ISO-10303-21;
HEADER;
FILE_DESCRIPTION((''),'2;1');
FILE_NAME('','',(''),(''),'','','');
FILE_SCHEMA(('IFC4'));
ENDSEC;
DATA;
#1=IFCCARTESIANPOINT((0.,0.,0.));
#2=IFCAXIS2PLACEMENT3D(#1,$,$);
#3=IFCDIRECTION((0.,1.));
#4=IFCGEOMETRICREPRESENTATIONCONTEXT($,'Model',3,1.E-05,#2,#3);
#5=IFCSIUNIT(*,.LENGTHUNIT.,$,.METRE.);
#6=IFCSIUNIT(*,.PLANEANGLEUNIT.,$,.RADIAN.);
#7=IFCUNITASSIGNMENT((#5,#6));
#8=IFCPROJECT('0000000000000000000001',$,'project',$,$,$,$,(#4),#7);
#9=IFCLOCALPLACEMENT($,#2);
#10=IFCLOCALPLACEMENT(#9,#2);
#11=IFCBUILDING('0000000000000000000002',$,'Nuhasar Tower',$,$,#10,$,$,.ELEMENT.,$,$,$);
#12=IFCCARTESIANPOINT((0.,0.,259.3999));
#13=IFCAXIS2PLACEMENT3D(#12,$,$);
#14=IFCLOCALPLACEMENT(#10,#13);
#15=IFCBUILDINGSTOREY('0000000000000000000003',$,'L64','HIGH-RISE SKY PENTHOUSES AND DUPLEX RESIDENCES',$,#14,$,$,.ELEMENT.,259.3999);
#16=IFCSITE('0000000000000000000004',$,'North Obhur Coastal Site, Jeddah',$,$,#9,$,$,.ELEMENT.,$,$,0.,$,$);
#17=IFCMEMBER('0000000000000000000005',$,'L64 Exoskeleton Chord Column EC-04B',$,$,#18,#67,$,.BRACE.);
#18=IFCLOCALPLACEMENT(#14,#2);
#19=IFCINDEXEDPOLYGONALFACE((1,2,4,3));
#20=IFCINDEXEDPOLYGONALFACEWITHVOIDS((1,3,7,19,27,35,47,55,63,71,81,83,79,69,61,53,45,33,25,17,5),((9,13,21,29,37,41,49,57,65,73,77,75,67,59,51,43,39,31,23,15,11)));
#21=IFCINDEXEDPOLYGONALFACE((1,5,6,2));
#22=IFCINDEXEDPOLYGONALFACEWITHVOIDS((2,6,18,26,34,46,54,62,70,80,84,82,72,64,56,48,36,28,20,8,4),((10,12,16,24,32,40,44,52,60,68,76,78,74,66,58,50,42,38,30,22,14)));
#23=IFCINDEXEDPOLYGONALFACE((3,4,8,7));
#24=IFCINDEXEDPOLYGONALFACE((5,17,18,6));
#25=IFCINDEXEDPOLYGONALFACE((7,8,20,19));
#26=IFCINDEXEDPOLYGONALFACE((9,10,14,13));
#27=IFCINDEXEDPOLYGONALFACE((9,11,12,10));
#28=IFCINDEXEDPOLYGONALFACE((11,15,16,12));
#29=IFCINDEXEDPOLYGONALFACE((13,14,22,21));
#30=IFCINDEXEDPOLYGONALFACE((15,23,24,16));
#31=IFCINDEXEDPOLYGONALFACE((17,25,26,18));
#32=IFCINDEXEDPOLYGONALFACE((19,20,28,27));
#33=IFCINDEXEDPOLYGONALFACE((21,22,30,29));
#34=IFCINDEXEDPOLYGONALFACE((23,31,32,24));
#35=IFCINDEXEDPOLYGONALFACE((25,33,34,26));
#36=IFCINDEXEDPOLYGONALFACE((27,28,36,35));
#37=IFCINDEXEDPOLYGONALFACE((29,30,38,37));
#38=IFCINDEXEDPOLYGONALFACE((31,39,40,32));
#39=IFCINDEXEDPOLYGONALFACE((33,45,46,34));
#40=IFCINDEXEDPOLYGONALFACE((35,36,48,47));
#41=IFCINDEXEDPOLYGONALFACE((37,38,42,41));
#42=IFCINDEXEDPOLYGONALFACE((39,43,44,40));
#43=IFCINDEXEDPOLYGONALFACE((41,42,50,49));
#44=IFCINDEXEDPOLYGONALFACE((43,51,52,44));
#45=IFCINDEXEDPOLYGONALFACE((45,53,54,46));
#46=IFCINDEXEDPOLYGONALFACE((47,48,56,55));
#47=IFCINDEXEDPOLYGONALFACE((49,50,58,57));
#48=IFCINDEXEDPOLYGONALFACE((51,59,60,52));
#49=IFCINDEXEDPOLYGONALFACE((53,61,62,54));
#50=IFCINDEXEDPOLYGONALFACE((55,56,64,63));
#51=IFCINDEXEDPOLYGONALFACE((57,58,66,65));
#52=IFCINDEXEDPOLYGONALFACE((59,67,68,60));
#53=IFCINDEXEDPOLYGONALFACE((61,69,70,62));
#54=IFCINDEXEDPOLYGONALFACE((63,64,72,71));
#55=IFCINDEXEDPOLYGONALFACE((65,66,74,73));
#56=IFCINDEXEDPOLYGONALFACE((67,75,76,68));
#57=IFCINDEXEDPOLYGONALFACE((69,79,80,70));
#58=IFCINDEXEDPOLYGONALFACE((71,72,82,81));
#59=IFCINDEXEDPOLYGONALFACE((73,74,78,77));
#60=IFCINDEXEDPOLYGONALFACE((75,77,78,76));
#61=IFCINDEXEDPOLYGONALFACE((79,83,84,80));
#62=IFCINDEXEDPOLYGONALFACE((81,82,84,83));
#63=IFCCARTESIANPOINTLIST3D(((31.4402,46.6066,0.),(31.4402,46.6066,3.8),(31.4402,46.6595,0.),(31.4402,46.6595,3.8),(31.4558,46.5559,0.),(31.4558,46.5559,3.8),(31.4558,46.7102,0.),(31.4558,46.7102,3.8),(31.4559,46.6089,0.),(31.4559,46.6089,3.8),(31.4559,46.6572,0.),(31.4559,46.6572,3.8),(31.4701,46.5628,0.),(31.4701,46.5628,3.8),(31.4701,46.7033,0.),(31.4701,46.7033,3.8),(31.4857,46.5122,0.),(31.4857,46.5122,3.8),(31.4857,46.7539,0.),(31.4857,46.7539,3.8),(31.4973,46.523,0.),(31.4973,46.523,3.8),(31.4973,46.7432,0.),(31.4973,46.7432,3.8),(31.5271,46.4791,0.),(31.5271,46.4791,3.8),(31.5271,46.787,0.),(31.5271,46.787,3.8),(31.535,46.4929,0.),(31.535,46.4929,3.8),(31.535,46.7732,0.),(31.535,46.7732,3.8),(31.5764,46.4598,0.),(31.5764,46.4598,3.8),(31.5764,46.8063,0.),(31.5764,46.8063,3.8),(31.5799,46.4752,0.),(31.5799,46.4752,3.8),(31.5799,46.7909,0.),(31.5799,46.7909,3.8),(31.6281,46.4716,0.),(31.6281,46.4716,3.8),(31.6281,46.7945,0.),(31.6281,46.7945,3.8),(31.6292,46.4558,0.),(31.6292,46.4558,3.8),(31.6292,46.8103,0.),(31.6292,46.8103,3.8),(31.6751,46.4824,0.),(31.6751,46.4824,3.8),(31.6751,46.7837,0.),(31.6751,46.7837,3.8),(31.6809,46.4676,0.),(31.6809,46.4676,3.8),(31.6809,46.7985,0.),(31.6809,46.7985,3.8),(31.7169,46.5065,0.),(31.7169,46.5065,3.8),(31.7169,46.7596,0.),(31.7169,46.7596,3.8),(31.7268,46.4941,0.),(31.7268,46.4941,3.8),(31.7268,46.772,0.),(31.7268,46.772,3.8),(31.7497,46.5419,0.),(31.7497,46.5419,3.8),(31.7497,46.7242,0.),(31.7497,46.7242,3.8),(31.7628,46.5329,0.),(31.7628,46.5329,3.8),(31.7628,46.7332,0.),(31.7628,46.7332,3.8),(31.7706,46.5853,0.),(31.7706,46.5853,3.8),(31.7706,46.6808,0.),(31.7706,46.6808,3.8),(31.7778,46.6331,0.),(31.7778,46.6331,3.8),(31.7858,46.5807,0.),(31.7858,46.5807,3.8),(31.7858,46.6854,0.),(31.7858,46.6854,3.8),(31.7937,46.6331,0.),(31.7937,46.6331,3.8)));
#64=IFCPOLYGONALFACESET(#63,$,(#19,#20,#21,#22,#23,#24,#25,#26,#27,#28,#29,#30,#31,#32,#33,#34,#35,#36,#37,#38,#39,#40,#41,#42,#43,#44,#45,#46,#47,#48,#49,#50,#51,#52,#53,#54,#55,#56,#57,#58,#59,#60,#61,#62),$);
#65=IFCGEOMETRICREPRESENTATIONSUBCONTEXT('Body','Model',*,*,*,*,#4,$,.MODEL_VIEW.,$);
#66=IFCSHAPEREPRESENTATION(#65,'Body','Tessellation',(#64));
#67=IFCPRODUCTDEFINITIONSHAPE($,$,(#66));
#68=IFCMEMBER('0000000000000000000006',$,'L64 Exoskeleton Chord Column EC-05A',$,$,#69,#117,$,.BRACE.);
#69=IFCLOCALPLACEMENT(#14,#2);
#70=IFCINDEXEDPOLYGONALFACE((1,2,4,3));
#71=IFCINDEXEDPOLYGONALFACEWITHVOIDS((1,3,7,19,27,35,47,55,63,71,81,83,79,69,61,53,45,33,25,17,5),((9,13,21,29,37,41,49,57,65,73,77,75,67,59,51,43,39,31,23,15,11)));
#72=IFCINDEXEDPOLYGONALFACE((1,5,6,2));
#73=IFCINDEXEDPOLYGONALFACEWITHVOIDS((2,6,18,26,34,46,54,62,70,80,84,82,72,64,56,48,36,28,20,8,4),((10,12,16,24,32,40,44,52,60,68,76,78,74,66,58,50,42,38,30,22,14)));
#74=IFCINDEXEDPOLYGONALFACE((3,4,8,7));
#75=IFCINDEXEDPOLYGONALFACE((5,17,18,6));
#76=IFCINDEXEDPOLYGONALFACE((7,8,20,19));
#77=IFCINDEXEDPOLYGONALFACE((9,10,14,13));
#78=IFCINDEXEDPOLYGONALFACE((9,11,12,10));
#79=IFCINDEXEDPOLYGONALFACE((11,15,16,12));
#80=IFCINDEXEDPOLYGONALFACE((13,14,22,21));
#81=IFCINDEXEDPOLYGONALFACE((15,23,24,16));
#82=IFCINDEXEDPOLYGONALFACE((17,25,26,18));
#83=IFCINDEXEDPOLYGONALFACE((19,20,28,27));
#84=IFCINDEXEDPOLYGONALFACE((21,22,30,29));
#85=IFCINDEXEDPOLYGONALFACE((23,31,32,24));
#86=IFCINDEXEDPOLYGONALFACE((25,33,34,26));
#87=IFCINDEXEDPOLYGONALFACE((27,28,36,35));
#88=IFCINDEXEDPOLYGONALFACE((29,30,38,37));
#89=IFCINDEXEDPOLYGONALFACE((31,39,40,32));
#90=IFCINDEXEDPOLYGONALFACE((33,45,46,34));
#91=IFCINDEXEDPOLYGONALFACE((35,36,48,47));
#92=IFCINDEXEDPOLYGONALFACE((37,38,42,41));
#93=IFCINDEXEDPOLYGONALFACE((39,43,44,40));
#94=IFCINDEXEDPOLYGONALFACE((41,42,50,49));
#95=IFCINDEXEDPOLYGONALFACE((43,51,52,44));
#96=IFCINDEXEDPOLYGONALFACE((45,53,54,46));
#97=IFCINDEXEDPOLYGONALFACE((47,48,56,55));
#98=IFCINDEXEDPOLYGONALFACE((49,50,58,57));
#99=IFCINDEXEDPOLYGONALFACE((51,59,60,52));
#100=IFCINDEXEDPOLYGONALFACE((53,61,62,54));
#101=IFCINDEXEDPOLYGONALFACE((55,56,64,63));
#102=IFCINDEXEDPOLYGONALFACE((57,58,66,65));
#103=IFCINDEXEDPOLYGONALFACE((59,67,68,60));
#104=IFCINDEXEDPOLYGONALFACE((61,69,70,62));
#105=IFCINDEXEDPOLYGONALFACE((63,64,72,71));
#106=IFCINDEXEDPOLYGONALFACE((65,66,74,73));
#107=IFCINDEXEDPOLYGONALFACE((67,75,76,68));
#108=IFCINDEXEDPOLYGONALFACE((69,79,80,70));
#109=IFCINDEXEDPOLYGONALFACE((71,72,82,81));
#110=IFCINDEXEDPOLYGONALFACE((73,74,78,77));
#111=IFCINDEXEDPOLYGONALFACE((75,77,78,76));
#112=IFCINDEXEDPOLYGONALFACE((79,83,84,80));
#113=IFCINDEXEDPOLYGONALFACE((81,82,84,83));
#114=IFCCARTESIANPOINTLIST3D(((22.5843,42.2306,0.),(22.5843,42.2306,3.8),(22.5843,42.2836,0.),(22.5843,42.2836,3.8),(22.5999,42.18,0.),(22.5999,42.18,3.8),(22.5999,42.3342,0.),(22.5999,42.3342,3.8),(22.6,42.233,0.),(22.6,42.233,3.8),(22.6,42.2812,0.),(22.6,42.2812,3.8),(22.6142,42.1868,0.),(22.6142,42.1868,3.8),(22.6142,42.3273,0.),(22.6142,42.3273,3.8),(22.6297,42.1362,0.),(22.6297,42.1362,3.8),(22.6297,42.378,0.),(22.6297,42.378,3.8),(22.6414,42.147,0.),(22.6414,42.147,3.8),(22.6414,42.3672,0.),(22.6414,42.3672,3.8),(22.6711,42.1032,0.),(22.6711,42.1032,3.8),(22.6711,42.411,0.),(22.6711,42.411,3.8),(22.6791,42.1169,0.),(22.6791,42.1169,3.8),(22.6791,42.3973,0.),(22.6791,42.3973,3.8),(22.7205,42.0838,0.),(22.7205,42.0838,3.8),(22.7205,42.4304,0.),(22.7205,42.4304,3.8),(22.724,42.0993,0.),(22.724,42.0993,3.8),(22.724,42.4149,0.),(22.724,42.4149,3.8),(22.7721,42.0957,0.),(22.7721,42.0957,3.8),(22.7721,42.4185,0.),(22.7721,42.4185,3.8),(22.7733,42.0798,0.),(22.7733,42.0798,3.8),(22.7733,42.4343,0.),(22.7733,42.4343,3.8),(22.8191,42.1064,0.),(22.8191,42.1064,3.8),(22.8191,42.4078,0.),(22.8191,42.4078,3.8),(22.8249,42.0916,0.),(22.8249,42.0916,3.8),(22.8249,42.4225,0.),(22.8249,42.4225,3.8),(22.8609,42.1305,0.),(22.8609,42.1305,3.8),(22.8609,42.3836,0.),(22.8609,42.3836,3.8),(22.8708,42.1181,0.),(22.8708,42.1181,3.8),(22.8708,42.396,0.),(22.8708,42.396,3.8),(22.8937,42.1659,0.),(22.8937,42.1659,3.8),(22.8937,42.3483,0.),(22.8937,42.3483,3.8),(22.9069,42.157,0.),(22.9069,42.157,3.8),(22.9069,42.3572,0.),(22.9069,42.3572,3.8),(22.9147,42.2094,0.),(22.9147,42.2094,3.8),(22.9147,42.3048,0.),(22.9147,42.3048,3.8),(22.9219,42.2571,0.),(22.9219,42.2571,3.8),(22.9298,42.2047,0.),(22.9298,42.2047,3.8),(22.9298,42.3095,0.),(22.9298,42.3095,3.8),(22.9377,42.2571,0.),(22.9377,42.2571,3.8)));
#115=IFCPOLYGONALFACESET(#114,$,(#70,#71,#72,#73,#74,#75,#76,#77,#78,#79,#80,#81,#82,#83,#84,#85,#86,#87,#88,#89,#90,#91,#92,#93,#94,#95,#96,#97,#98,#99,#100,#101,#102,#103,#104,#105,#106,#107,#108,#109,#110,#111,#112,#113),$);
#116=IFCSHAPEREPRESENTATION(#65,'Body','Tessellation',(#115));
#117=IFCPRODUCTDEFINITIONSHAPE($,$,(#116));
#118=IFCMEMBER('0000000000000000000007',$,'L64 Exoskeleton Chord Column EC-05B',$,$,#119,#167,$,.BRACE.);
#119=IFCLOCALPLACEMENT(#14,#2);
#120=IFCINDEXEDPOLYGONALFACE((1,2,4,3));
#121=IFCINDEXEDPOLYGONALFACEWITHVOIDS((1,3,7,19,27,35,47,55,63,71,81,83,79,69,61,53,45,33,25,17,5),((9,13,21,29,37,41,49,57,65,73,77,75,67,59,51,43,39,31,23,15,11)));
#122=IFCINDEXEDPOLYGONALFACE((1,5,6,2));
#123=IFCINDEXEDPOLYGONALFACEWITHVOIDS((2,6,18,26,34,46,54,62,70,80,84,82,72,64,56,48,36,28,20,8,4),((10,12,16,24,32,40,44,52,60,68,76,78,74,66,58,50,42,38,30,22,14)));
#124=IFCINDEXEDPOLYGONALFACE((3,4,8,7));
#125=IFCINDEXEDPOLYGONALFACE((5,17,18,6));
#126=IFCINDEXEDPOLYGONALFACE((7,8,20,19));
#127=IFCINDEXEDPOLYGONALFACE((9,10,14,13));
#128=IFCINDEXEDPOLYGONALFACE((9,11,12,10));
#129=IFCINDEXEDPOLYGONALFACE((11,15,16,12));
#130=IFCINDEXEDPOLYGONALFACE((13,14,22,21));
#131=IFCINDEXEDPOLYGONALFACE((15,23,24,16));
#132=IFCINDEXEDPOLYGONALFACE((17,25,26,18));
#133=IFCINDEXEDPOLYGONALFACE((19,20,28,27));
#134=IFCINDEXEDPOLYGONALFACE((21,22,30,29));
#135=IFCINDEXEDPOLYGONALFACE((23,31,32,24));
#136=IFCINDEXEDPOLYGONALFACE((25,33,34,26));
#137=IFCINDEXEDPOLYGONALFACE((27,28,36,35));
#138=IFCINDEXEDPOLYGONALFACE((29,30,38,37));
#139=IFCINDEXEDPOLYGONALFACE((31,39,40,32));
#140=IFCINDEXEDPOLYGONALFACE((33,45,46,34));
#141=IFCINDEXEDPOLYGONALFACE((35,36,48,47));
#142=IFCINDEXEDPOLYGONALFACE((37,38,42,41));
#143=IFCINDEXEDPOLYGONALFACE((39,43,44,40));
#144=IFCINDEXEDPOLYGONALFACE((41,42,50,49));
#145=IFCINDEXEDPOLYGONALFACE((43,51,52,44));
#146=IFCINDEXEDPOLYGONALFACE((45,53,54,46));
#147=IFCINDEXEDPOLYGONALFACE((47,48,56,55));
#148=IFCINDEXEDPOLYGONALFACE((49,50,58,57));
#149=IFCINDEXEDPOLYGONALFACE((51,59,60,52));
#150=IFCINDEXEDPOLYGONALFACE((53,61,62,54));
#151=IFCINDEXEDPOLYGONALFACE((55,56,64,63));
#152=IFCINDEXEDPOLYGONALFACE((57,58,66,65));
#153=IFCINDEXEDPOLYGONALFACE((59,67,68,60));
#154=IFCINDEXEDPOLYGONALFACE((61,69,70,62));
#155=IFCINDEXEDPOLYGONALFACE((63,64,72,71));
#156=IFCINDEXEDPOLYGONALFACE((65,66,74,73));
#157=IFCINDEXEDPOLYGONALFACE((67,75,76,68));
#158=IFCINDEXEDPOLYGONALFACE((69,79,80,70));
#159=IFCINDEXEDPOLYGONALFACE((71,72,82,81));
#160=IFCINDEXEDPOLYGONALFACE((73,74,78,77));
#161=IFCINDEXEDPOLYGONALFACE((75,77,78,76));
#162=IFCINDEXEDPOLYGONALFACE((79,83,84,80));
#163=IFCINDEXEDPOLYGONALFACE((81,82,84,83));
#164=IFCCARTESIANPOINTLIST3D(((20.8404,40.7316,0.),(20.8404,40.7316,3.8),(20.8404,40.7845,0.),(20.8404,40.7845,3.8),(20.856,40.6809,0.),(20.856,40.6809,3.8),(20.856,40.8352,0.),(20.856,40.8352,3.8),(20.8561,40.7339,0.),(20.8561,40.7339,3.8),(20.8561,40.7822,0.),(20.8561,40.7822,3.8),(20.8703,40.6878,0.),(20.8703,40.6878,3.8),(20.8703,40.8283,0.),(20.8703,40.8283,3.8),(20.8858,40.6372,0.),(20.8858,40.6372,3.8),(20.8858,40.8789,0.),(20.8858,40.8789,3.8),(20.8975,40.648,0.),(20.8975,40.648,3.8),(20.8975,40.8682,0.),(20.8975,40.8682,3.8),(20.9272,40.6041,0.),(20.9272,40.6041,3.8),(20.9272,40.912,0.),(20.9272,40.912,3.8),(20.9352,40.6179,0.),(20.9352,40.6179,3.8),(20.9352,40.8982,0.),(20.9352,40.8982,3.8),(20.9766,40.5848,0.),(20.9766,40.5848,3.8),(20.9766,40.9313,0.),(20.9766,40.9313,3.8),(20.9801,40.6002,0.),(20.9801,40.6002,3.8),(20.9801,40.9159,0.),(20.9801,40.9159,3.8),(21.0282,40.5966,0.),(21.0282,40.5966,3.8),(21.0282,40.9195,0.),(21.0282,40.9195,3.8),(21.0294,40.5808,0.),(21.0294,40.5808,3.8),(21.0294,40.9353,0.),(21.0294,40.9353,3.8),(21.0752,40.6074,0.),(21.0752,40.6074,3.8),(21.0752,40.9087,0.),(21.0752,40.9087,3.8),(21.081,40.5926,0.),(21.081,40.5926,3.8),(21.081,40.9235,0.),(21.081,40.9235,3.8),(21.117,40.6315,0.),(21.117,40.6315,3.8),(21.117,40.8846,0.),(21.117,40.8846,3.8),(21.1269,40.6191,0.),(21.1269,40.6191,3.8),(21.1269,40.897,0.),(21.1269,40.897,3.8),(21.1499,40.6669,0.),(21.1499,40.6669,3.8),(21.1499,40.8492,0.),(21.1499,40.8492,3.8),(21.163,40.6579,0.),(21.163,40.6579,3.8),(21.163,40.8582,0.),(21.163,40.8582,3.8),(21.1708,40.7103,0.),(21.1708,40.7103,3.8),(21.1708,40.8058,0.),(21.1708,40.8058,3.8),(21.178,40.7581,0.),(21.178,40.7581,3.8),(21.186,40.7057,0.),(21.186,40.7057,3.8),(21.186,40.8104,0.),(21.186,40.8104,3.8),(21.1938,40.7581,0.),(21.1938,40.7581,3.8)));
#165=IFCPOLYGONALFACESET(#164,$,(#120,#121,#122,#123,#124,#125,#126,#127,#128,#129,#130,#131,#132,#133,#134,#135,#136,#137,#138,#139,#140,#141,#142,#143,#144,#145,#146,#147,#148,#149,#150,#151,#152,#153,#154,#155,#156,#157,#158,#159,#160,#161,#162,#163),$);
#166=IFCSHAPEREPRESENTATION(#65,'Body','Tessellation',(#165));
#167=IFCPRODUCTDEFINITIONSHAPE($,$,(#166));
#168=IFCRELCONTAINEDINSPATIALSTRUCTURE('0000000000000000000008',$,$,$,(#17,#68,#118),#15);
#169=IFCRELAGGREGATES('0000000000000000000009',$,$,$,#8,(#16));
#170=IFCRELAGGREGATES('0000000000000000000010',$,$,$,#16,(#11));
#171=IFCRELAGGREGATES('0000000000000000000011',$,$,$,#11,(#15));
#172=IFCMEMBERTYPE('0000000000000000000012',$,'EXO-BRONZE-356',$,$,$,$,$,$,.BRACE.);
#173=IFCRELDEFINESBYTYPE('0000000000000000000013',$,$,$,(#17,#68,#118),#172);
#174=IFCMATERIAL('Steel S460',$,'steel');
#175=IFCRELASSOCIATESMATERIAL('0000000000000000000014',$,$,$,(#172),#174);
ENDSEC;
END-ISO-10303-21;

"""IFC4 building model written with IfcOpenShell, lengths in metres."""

from ifc_helpers import new_model, si_unit, direction, frame, origin, origin_2d, place, context, subcontext, project, spatial, hollow_circle, extrude, material, material_profile, profile_set, type_object, element, save


model = new_model("IFC4")

# Units and contexts
model_context = context("Model", 3, precision=1e-05, world=origin(), true_north=direction((0.0, 1.0)))
body_context = subcontext(model_context, "Body", "Model", "MODEL_VIEW")
ifc_project = project(units=[si_unit("LENGTHUNIT", "METRE"), si_unit("PLANEANGLEUNIT", "RADIAN")], contexts=[model_context])

# Site, building, storey
site_placement = place(None, origin())
site = spatial("IfcSite", under=ifc_project, at=site_placement, Name="North Obhur Coastal Site, Jeddah", CompositionType="ELEMENT", RefElevation=0.0)
building_placement = place(site_placement, origin())
building = spatial("IfcBuilding", under=site, at=building_placement, Name="Nuhasar Tower", CompositionType="ELEMENT")
storey_placement = place(building_placement, frame((0.0, 0.0, 259.3999)))
storey = spatial("IfcBuildingStorey", under=building, at=storey_placement, Name="L64", Description="HIGH-RISE SKY PENTHOUSES AND DUPLEX RESIDENCES", CompositionType="ELEMENT", Elevation=259.3999)

# Members
ifc_material_1 = material(Name="Steel S460", Category="steel")
ifc_material_profile_1 = material_profile(ifc_material_1, hollow_circle(Radius=0.1777, WallThickness=0.0159, at=origin_2d()), Name="HSS355.6X15.9")
ifc_profile_set_1 = profile_set([ifc_material_profile_1], Name="Steel S460")
member_type_1 = type_object("IfcMemberType", Name="EXO-BRONZE-356", PredefinedType="BRACE", material=ifc_profile_set_1)
for number, where, z_axis, x_axis, name in (
    (1, (31.616, 46.6331, 0.0), (0.0, 0.0, 1.0), (1.0, 0.0, 0.0), "L64 Exoskeleton Chord Column EC-04B"),
    (2, (22.76, 42.2571, 0.0), (0.0, 0.0, 1.0), (1.0, 0.0, 0.0), "L64 Exoskeleton Chord Column EC-05A"),
    (3, (21.0161, 40.7581, 0.0), (0.0, 0.0, 1.0), (1.0, 0.0, 0.0), "L64 Exoskeleton Chord Column EC-05B"),
):
    element("IfcMember", number, at=place(storey_placement, frame(where, z_axis=z_axis, x_axis=x_axis)), inside=storey, type_object=member_type_1, Name=name, PredefinedType="BRACE", context=body_context, shape_type="SweptSolid", body=[
        extrude(hollow_circle(Radius=0.1777, WallThickness=0.0159, at=origin_2d()), origin(), (0.0, 0.0, 1.0), 3.8),
    ])

save(model, "model.ifc")
